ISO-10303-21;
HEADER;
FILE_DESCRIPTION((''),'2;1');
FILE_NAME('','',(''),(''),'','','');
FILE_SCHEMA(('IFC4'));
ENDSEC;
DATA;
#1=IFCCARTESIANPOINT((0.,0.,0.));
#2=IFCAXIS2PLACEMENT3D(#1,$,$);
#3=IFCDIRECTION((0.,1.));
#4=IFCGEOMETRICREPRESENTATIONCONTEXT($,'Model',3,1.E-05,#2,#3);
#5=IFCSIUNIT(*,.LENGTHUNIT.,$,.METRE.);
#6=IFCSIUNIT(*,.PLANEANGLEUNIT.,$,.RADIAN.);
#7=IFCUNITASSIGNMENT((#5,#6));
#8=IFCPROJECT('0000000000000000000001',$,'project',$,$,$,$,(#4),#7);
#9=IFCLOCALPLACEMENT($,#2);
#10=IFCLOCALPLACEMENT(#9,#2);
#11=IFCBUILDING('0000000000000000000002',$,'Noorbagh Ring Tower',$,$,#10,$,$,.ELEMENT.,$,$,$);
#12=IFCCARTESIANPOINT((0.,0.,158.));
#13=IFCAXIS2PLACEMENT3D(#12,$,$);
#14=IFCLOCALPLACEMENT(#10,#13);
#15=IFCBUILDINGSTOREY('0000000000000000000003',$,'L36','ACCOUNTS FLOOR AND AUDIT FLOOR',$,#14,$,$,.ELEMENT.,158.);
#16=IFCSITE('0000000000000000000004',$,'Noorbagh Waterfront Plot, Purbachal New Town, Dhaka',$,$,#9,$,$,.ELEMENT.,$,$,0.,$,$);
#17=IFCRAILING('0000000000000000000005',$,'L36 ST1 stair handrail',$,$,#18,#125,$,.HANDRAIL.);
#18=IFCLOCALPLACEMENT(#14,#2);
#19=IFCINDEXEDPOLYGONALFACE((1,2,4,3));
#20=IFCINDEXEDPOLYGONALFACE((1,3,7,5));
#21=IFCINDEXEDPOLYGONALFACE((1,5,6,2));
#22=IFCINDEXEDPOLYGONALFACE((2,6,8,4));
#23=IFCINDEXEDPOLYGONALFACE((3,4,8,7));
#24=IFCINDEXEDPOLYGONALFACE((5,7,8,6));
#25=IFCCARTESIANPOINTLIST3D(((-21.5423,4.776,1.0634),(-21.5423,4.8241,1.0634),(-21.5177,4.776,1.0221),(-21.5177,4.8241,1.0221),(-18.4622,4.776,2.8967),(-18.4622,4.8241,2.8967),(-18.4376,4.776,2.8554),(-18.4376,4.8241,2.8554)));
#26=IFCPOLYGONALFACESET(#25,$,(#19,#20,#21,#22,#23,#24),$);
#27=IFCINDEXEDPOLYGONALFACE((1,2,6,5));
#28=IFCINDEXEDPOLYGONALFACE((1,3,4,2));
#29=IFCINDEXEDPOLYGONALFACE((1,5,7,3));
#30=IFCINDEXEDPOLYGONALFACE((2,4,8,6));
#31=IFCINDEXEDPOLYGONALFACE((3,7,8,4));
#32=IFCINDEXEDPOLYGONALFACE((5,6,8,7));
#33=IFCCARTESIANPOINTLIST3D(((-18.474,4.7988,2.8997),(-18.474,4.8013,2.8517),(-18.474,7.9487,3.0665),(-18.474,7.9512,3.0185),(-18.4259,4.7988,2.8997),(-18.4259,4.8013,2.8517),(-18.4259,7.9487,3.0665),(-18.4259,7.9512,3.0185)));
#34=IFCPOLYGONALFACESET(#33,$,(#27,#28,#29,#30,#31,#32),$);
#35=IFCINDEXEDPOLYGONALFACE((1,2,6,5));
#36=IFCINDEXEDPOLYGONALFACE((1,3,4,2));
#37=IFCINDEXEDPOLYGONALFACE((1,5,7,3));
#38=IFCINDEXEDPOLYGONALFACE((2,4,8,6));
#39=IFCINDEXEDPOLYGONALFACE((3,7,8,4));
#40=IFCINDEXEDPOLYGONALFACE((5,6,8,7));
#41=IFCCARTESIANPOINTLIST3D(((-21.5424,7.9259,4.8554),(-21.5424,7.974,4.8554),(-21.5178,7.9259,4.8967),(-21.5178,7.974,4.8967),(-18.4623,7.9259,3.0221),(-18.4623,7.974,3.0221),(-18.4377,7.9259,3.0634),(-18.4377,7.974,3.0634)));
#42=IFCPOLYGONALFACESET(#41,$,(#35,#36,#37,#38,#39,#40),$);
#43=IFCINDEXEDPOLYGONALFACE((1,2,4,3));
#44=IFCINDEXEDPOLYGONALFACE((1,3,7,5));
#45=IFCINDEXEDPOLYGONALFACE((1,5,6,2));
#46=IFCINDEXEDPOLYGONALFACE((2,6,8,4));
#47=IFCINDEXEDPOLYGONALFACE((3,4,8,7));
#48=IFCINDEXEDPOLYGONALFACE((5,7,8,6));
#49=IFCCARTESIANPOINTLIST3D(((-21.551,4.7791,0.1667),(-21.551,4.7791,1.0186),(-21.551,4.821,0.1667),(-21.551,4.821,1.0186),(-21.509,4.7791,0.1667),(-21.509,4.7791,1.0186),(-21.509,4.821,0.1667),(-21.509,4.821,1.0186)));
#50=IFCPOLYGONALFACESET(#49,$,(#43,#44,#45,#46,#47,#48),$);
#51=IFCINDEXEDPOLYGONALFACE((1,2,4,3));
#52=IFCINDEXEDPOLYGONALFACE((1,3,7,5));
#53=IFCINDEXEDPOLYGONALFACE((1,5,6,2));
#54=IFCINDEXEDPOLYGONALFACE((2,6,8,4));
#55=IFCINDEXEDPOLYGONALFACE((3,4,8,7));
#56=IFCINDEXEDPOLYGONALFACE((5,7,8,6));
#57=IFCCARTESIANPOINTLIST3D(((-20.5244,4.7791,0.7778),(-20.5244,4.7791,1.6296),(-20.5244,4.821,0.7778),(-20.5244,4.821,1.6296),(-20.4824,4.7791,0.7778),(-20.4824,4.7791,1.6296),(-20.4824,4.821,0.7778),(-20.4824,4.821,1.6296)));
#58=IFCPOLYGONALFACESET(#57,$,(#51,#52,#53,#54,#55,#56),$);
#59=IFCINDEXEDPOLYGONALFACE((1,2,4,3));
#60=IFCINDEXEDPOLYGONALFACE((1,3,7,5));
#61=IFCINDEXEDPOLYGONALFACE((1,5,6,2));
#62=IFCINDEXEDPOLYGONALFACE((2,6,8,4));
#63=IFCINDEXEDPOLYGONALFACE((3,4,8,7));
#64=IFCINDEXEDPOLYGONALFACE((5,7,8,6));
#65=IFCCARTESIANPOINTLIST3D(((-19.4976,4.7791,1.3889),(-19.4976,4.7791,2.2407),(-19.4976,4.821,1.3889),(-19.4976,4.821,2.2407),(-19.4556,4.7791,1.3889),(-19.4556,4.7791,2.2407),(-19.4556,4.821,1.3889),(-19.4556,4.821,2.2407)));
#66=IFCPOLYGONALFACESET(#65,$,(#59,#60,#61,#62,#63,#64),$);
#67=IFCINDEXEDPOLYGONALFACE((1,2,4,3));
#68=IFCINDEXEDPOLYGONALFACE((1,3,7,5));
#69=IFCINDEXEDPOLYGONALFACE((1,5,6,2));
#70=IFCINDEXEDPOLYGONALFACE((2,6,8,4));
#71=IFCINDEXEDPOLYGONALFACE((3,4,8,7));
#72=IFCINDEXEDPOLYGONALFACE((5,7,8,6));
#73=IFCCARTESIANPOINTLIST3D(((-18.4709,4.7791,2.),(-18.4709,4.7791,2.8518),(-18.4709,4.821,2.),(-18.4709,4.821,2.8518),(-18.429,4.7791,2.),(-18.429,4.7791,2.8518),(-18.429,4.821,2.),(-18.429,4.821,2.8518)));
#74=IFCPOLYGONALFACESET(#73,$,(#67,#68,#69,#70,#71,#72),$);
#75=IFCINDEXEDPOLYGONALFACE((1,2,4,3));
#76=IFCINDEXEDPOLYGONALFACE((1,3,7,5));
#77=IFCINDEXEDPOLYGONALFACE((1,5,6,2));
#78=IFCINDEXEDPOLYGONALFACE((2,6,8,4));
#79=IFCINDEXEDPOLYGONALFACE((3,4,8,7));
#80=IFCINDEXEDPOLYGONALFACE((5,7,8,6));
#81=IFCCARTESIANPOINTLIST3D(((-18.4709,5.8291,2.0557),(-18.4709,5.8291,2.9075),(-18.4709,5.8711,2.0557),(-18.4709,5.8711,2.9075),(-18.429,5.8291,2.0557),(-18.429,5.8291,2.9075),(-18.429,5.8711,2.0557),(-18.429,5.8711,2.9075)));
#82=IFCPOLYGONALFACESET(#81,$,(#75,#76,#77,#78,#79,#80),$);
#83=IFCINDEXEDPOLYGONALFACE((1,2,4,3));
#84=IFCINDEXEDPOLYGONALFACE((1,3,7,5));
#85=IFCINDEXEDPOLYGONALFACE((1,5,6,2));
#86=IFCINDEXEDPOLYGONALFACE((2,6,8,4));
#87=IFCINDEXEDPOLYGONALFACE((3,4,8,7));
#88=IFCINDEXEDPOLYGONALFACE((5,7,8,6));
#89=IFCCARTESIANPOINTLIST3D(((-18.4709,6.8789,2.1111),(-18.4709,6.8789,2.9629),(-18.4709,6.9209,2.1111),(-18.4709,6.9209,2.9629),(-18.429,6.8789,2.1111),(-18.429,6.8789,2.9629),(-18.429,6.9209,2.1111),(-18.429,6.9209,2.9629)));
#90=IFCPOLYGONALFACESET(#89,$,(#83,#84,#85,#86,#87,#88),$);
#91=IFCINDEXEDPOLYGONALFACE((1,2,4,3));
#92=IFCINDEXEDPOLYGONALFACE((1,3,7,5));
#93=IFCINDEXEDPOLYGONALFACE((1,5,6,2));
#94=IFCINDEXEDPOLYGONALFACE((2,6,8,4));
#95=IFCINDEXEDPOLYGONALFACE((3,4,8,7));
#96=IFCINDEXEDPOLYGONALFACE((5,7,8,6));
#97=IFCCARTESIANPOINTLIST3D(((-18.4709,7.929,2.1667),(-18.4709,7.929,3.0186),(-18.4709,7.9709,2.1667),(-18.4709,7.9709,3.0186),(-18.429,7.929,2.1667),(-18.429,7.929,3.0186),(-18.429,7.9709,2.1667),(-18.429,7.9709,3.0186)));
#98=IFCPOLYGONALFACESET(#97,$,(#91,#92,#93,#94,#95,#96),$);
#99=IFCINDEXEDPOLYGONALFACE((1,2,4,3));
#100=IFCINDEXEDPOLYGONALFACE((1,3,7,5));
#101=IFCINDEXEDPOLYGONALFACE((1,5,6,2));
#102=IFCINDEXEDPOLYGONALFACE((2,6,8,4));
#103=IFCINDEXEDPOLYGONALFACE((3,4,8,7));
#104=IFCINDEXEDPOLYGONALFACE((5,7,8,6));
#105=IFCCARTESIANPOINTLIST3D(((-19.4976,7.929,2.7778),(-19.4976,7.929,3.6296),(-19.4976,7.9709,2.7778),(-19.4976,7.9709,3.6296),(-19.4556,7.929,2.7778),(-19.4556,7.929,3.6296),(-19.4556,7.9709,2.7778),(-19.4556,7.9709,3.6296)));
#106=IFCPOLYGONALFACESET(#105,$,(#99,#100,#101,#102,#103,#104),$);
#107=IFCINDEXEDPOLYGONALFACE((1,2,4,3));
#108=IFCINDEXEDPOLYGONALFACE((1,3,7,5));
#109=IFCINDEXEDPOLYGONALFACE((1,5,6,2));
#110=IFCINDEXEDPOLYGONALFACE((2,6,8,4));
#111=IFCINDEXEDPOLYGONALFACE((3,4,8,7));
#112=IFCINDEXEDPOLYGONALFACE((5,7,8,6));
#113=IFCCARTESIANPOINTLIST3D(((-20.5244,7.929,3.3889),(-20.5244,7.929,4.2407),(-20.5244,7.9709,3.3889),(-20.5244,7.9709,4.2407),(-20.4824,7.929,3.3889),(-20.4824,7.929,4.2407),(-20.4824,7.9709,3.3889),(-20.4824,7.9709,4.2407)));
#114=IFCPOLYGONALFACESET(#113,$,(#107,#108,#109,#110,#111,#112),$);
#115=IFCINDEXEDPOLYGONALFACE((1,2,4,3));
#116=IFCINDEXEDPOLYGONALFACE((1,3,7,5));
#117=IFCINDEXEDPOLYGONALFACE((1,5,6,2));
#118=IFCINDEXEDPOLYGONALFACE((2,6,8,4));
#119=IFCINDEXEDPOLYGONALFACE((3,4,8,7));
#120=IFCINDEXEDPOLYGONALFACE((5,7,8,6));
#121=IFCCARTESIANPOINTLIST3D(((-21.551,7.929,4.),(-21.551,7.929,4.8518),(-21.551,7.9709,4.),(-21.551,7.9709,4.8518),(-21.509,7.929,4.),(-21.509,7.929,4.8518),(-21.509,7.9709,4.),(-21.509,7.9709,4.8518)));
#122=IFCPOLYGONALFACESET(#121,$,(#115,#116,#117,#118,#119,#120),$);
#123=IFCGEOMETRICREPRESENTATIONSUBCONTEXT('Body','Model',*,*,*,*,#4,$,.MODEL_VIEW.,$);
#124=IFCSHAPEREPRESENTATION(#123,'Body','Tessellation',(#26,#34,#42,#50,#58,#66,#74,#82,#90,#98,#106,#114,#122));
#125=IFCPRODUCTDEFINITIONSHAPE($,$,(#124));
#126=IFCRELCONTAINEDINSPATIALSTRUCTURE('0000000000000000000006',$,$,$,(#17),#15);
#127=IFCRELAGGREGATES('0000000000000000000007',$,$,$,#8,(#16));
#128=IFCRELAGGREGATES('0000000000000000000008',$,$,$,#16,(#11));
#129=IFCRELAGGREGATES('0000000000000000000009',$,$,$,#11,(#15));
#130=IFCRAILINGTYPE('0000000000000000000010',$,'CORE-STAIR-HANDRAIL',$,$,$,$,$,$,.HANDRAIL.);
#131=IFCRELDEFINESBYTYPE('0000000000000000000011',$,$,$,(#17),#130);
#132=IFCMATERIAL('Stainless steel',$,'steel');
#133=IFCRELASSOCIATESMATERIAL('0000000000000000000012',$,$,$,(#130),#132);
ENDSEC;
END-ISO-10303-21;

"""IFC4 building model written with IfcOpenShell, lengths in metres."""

from ifc_helpers import new_model, si_unit, direction, frame, origin, origin_2d, place, context, subcontext, project, spatial, rectangle, extrude, material, type_object, element, save


model = new_model("IFC4")

# Units and contexts
model_context = context("Model", 3, precision=1e-05, world=origin(), true_north=direction((0.0, 1.0)))
body_context = subcontext(model_context, "Body", "Model", "MODEL_VIEW")
ifc_project = project(units=[si_unit("LENGTHUNIT", "METRE"), si_unit("PLANEANGLEUNIT", "RADIAN")], contexts=[model_context])

# Site, building, storey
site_placement = place(None, origin())
site = spatial("IfcSite", under=ifc_project, at=site_placement, Name="Noorbagh Waterfront Plot, Purbachal New Town, Dhaka", CompositionType="ELEMENT", RefElevation=0.0)
building_placement = place(site_placement, origin())
building = spatial("IfcBuilding", under=site, at=building_placement, Name="Noorbagh Ring Tower", CompositionType="ELEMENT")
storey_placement = place(building_placement, frame((0.0, 0.0, 158.0)))
storey = spatial("IfcBuildingStorey", under=building, at=storey_placement, Name="L36", Description="ACCOUNTS FLOOR AND AUDIT FLOOR", CompositionType="ELEMENT", Elevation=158.0)

# Railing
ifc_material_1 = material(Name="Stainless steel", Category="steel")
railing_type_1 = type_object("IfcRailingType", Name="CORE-STAIR-HANDRAIL", PredefinedType="HANDRAIL", material=ifc_material_1)
railing_1_placement = place(storey_placement, frame((-21.53, 4.8, 0.1667)))
element("IfcRailing", 1, at=railing_1_placement, inside=storey, type_object=railing_type_1, Name="L36 ST1 stair handrail", PredefinedType="HANDRAIL", context=body_context, shape_type="SweptSolid", body=[
    extrude(rectangle(XDim=0.0481, YDim=0.0481, at=origin_2d()), frame((0.0, 0.0, 0.876), z_axis=(0.859309, 0.0, 0.511458), x_axis=(0.0, 1.0, 0.0)), (0.0, 0.0, 1.0), 3.5845),
    extrude(rectangle(XDim=0.0481, YDim=0.0481, at=origin_2d()), frame((3.0801, 0.0, 2.709), z_axis=(0.0, 0.998602, 0.052864), x_axis=(-1.0, 0.0, 0.0)), (0.0, 0.0, 1.0), 3.1543),
    extrude(rectangle(XDim=0.0481, YDim=0.0481, at=origin_2d()), frame((3.0801, 3.1499, 2.876), z_axis=(-0.859309, 0.0, 0.511458), x_axis=(0.0, -1.0, 0.0)), (0.0, 0.0, 1.0), 3.5845),
    extrude(rectangle(XDim=0.042, YDim=0.042, at=origin_2d()), origin(), (0.0, 0.0, 1.0), 0.8518),
    extrude(rectangle(XDim=0.042, YDim=0.042, at=origin_2d()), frame((1.0266, 0.0, 0.6111)), (0.0, 0.0, 1.0), 0.8518),
    extrude(rectangle(XDim=0.042, YDim=0.042, at=origin_2d()), frame((2.0535, 0.0, 1.2222)), (0.0, 0.0, 1.0), 0.8518),
    extrude(rectangle(XDim=0.042, YDim=0.042, at=origin_2d()), frame((3.0801, 0.0, 1.8333)), (0.0, 0.0, 1.0), 0.8518),
    extrude(rectangle(XDim=0.042, YDim=0.042, at=origin_2d()), frame((3.0801, 1.05, 1.8889)), (0.0, 0.0, 1.0), 0.8518),
    extrude(rectangle(XDim=0.042, YDim=0.042, at=origin_2d()), frame((3.0801, 2.0999, 1.9443)), (0.0, 0.0, 1.0), 0.8518),
    extrude(rectangle(XDim=0.042, YDim=0.042, at=origin_2d()), frame((3.0801, 3.1499, 2.0)), (0.0, 0.0, 1.0), 0.8518),
    extrude(rectangle(XDim=0.042, YDim=0.042, at=origin_2d()), frame((2.0535, 3.1499, 2.6111)), (0.0, 0.0, 1.0), 0.8518),
    extrude(rectangle(XDim=0.042, YDim=0.042, at=origin_2d()), frame((1.0266, 3.1499, 3.2222)), (0.0, 0.0, 1.0), 0.8518),
    extrude(rectangle(XDim=0.042, YDim=0.042, at=origin_2d()), frame((0.0, 3.1499, 3.8333)), (0.0, 0.0, 1.0), 0.8518),
])

save(model, "model.ifc")
